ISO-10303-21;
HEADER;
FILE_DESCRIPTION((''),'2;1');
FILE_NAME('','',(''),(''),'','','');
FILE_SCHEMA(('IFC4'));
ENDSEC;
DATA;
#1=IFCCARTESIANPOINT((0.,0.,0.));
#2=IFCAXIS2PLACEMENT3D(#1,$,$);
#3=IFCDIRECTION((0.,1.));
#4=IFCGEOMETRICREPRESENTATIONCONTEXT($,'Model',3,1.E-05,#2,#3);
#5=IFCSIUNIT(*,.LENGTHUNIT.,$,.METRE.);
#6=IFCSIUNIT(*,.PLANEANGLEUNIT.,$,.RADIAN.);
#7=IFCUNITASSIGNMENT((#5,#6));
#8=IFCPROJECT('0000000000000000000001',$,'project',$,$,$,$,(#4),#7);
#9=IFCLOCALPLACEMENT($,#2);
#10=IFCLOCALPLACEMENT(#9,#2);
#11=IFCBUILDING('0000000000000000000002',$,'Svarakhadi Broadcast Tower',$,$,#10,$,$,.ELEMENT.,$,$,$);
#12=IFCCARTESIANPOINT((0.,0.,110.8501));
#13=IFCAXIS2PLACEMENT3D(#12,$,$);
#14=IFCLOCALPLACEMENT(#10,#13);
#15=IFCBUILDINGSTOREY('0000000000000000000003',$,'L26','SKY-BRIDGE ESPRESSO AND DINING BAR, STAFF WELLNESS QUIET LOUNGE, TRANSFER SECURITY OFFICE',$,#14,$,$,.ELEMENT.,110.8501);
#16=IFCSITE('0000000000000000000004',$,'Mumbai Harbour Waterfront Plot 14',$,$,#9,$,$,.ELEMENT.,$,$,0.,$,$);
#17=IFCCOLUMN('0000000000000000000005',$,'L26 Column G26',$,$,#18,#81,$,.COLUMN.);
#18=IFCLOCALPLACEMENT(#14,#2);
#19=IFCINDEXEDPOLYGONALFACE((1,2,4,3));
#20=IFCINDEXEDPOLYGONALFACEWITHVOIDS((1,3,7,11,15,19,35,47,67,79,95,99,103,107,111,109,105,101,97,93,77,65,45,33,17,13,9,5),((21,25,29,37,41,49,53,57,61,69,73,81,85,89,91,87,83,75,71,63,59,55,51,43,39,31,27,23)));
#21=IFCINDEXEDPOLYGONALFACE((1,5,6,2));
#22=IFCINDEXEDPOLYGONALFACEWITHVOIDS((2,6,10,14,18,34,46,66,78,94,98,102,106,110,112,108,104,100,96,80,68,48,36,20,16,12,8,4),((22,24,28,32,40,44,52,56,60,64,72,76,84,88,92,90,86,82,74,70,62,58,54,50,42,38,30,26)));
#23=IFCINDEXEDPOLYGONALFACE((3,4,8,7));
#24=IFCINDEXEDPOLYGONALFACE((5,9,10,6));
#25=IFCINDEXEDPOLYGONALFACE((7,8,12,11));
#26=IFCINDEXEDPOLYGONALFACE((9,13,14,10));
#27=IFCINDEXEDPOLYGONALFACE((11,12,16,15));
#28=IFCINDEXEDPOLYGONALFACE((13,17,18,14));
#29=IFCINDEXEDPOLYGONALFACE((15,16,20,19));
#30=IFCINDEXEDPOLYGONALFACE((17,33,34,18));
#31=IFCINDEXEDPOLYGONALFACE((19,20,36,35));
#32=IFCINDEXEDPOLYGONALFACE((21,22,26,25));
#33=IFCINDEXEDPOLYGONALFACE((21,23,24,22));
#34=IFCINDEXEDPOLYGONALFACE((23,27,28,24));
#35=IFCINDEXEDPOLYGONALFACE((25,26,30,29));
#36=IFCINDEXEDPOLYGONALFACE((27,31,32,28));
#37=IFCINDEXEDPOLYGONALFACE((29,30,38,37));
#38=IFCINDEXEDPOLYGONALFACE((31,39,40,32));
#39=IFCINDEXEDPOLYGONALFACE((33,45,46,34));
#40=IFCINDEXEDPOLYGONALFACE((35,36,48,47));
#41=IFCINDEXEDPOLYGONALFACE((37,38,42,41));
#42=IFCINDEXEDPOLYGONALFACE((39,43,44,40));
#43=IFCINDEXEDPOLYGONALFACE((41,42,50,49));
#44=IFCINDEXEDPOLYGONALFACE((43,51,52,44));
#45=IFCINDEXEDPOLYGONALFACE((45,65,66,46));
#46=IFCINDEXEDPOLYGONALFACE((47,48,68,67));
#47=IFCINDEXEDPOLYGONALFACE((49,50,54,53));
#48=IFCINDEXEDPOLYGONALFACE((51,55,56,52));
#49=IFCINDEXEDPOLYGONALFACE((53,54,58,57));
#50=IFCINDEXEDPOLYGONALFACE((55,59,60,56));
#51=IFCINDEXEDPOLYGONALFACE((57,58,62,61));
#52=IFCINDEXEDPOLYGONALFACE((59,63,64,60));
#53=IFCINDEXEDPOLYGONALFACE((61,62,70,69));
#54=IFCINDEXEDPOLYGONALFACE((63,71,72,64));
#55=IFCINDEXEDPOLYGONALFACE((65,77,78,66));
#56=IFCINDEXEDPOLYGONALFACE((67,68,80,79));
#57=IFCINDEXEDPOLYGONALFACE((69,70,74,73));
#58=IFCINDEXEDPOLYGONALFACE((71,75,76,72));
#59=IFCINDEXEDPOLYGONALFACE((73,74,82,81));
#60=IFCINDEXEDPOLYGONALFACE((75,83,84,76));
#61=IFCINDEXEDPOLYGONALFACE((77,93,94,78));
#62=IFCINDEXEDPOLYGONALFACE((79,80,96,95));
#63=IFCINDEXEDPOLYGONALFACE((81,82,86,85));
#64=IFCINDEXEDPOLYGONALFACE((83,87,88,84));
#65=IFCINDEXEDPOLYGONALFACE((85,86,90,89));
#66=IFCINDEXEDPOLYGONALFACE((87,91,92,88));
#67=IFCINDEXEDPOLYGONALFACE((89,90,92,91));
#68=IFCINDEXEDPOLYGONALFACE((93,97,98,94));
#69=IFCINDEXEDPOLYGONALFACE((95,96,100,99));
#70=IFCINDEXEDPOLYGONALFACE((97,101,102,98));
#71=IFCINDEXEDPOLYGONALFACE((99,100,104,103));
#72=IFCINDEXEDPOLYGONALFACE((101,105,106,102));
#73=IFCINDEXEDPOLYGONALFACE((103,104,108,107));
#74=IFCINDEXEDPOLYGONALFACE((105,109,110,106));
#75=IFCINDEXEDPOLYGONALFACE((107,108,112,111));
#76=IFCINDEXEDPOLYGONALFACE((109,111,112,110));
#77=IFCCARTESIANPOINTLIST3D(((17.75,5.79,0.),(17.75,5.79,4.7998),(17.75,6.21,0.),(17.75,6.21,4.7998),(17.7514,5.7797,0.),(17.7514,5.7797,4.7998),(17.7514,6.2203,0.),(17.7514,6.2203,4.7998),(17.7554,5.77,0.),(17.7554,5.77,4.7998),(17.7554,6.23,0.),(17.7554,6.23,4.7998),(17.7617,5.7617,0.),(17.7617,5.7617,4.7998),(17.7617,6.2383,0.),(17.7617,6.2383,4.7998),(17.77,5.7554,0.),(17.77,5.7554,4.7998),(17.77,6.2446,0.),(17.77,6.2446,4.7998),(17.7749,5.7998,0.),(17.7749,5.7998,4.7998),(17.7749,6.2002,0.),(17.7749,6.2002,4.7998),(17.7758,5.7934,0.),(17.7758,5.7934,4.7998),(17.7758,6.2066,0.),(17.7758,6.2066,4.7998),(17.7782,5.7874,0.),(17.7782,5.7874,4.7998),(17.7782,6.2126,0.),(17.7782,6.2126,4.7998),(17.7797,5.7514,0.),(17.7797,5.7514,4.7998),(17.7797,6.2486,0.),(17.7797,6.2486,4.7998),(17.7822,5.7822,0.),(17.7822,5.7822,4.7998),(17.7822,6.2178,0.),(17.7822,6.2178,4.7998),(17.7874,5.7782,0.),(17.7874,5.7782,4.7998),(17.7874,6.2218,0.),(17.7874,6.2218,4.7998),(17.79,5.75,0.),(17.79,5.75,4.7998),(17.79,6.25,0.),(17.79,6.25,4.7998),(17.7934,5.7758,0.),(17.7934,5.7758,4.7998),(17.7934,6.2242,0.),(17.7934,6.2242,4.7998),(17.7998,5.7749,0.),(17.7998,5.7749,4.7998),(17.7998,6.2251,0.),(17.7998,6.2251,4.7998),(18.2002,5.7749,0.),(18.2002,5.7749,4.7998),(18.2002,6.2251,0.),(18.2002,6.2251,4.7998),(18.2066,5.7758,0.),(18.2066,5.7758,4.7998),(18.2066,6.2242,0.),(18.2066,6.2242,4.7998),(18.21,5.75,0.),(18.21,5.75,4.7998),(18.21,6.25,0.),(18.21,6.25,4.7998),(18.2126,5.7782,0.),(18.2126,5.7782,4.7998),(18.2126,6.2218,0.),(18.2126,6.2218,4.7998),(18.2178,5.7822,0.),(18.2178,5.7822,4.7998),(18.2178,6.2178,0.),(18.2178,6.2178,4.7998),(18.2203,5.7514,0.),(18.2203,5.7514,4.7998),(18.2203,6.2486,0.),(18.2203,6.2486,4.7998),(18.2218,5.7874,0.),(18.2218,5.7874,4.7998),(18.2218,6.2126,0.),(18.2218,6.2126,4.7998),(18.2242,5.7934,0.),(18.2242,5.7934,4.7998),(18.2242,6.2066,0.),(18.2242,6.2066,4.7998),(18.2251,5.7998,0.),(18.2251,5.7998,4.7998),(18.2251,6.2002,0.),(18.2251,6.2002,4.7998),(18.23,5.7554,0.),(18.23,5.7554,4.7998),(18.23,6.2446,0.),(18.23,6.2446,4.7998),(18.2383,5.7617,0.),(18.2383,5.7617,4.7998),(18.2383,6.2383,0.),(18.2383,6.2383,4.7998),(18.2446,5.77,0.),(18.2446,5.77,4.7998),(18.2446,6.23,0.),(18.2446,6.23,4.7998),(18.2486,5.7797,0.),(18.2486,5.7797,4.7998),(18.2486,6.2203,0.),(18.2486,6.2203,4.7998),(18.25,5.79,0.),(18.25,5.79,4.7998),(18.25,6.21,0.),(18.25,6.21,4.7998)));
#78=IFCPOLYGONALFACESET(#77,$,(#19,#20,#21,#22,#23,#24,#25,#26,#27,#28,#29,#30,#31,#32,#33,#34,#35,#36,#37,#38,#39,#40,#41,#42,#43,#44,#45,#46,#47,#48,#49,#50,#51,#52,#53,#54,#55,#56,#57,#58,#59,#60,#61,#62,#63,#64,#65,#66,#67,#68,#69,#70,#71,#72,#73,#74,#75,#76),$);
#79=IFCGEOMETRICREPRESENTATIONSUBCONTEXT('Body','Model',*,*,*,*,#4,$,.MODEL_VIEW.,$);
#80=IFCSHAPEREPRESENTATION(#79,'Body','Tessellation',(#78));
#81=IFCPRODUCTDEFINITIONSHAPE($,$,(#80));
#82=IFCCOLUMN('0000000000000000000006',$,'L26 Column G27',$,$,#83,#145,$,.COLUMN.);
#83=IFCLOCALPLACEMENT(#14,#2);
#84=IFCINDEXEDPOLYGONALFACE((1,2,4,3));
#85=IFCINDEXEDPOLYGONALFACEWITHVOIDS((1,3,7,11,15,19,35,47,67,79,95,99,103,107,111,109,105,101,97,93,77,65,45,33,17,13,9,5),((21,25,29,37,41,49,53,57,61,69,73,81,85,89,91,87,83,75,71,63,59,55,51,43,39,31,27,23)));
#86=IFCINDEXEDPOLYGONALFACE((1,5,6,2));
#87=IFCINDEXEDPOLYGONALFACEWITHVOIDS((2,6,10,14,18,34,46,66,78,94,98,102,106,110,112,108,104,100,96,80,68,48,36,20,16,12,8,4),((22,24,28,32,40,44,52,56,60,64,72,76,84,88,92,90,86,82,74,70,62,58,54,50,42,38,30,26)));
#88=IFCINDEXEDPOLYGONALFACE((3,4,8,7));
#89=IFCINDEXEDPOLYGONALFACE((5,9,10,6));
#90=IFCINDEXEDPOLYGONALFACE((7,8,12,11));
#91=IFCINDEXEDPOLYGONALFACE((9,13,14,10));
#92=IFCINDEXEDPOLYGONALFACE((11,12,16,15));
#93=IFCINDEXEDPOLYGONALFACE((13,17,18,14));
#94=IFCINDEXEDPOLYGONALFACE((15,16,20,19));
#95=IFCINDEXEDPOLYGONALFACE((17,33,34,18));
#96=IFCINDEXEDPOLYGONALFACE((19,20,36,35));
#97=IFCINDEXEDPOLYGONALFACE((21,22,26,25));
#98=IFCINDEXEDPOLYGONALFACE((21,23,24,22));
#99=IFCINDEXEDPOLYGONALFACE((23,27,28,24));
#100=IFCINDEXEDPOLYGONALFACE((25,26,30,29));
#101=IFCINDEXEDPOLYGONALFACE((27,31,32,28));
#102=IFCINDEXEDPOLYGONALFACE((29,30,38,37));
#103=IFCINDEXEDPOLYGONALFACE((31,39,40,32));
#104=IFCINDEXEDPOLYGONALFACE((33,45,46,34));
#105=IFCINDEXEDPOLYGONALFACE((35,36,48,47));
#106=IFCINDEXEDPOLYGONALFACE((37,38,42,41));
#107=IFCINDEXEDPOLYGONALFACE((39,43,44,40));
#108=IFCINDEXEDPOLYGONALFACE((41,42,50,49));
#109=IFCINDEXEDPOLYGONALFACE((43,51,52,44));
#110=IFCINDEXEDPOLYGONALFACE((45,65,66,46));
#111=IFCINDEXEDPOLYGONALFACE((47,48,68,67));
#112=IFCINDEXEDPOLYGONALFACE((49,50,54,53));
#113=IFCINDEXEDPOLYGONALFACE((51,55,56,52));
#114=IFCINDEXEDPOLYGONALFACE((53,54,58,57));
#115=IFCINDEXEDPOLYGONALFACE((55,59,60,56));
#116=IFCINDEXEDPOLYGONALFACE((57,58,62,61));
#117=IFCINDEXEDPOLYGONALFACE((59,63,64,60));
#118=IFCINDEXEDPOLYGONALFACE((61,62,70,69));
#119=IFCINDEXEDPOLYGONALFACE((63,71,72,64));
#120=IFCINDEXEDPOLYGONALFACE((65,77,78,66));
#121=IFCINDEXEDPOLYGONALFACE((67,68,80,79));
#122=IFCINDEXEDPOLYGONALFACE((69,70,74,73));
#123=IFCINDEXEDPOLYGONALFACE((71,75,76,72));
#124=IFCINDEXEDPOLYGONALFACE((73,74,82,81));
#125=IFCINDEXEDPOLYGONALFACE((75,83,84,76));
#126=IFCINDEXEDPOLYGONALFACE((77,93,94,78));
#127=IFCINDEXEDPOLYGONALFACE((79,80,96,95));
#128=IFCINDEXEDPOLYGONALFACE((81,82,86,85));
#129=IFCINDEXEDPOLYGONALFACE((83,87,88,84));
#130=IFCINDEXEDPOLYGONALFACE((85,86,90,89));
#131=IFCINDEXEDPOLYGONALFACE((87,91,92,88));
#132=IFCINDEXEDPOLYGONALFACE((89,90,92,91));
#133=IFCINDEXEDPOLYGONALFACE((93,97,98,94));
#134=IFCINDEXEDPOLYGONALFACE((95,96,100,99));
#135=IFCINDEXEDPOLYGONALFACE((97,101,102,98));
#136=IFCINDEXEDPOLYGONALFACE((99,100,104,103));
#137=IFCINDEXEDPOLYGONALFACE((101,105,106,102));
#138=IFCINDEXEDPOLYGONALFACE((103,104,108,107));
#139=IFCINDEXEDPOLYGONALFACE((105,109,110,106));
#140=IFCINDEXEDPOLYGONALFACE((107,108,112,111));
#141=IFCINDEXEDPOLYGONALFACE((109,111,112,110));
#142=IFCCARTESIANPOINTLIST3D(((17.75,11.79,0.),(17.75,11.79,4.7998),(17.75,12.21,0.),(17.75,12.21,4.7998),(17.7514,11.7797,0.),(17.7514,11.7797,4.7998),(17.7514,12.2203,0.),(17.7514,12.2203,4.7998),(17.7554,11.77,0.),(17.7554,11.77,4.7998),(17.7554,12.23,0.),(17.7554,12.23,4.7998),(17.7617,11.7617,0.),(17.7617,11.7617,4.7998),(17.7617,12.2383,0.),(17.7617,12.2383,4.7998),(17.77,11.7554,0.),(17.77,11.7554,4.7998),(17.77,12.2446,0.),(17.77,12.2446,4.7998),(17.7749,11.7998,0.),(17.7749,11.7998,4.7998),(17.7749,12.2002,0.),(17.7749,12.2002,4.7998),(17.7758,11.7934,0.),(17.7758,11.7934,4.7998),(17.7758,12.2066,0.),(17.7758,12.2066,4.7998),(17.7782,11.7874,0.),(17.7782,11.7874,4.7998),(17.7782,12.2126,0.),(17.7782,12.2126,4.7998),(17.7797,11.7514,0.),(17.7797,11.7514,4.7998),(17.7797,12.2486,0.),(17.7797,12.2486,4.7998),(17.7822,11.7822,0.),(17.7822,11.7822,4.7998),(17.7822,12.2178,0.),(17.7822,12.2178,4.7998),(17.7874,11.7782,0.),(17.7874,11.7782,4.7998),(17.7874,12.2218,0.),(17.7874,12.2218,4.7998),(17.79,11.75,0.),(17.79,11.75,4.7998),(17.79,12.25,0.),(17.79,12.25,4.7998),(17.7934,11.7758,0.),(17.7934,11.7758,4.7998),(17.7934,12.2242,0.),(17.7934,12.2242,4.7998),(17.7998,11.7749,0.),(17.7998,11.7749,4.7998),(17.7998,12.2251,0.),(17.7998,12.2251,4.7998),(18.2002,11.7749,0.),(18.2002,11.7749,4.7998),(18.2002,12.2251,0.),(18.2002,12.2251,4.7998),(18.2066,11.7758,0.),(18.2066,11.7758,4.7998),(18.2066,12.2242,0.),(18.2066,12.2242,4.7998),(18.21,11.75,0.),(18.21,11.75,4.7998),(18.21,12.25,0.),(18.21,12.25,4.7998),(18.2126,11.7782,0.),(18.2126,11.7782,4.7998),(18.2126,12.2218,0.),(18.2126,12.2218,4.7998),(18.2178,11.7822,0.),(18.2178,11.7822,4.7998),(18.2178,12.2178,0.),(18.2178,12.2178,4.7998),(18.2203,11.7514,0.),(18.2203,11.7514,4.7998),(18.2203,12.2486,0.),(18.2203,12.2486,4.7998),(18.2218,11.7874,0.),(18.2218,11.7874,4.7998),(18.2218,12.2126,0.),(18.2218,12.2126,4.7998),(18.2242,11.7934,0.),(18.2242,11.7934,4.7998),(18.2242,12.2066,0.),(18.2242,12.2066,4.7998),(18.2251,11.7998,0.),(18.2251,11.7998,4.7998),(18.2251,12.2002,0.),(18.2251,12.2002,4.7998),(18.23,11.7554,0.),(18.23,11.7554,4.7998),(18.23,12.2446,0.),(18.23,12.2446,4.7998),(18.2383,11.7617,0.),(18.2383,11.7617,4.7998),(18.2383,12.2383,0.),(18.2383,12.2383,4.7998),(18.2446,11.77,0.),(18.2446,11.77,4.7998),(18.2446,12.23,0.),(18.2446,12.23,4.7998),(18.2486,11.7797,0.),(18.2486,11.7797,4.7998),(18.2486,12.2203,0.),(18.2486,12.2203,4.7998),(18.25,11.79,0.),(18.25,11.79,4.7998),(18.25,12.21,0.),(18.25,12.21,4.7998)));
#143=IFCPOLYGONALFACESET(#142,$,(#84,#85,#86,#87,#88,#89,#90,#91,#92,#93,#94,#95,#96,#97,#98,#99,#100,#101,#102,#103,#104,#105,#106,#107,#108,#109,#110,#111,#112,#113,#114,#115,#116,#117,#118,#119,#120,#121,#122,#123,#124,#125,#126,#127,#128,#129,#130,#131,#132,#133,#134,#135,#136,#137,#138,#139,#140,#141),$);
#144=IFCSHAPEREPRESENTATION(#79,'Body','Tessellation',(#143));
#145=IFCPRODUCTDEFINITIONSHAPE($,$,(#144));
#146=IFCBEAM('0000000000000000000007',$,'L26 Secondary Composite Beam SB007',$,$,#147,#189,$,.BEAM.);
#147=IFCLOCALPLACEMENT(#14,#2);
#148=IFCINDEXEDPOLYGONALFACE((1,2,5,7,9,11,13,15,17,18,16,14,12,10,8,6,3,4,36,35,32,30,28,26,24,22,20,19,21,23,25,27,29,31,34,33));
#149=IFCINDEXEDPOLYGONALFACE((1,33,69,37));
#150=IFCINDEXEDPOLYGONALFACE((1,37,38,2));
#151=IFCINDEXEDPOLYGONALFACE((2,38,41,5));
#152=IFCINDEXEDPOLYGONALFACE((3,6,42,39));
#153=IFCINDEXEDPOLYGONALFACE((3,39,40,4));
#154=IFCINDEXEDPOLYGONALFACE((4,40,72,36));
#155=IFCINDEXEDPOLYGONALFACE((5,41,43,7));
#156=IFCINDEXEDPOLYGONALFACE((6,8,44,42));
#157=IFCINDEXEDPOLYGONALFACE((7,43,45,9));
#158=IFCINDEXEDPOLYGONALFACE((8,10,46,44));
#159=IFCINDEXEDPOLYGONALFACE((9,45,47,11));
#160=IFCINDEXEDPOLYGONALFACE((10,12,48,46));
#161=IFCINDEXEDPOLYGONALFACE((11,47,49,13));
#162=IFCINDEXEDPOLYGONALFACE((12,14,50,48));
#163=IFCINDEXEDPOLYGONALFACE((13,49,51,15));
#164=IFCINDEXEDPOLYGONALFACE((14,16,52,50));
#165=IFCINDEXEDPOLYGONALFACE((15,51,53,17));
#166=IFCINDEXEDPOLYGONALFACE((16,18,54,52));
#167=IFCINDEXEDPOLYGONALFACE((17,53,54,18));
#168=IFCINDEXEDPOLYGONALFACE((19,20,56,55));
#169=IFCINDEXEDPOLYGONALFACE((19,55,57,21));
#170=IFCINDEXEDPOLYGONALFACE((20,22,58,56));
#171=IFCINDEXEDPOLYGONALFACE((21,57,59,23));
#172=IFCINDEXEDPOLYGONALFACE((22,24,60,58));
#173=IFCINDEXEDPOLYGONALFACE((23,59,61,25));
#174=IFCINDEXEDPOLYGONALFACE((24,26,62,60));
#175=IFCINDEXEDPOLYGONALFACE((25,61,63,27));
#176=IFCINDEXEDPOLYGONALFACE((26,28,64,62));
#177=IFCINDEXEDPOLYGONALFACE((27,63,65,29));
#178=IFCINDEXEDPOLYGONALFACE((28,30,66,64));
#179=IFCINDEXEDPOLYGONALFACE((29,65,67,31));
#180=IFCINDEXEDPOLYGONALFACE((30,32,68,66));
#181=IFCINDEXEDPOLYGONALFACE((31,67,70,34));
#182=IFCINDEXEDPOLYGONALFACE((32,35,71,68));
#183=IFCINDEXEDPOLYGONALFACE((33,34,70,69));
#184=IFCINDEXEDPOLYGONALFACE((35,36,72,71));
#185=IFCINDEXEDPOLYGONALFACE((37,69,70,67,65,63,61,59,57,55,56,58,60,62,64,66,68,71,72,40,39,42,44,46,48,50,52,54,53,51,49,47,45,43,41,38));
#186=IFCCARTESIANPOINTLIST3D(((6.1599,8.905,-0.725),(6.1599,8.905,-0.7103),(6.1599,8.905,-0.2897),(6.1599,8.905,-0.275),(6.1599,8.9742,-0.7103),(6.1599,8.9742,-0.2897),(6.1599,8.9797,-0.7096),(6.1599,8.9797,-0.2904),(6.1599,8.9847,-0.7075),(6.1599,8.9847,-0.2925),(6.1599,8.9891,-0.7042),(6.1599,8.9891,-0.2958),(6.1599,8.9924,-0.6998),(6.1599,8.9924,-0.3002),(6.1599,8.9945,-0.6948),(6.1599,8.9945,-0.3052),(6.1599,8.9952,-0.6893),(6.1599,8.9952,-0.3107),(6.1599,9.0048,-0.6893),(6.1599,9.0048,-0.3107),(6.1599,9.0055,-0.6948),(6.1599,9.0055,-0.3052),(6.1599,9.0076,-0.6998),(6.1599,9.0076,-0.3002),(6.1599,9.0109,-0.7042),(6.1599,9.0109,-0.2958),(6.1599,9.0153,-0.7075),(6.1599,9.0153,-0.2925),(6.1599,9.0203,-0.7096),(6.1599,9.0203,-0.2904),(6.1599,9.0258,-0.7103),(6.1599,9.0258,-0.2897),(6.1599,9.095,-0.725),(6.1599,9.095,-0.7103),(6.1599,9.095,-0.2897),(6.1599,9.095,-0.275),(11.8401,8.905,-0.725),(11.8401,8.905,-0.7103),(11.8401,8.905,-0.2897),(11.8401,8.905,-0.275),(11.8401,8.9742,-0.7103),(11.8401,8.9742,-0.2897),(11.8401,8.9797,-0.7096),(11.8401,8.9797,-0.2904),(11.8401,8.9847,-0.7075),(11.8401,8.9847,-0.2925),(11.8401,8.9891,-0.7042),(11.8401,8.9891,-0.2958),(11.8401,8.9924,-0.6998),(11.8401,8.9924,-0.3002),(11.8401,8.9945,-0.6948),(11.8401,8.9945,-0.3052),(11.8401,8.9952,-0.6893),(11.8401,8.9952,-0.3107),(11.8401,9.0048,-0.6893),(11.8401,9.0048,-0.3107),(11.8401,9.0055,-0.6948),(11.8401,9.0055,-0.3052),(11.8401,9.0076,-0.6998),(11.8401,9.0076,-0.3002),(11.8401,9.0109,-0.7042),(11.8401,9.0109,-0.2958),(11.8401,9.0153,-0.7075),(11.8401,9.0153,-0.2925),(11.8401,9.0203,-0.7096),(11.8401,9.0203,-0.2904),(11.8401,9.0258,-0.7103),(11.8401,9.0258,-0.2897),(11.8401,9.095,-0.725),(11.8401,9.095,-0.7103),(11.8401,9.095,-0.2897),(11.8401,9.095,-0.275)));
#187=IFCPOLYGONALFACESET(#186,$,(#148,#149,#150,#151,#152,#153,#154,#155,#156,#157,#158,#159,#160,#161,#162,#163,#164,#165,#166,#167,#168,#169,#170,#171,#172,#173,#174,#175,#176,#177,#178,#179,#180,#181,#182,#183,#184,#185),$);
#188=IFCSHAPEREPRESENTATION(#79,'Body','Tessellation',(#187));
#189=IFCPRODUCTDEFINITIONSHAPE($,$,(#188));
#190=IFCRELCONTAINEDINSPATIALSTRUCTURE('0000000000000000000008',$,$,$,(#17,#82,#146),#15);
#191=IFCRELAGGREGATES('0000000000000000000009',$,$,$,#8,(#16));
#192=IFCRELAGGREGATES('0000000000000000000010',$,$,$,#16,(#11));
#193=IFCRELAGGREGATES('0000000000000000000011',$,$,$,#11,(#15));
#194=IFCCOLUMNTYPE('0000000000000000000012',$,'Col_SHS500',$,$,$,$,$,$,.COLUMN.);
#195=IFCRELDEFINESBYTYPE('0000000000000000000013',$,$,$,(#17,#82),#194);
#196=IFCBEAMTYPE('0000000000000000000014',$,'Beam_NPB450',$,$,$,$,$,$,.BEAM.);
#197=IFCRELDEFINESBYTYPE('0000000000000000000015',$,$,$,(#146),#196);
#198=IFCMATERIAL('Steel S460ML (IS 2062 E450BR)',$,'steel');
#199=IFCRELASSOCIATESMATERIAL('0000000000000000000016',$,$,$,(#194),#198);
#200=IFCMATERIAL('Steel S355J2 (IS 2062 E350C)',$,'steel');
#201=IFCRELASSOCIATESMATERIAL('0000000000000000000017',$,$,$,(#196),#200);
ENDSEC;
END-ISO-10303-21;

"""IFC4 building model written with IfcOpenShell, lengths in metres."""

from ifc_helpers import new_model, si_unit, direction, frame, origin, origin_2d, place, context, subcontext, project, spatial, hollow_rectangle, i_section, extrude, material, material_profile, profile_set, type_object, element, save


model = new_model("IFC4")

# Units and contexts
model_context = context("Model", 3, precision=1e-05, world=origin(), true_north=direction((0.0, 1.0)))
body_context = subcontext(model_context, "Body", "Model", "MODEL_VIEW")
ifc_project = project(units=[si_unit("LENGTHUNIT", "METRE"), si_unit("PLANEANGLEUNIT", "RADIAN")], contexts=[model_context])

# Site, building, storey
site_placement = place(None, origin())
site = spatial("IfcSite", under=ifc_project, at=site_placement, Name="Mumbai Harbour Waterfront Plot 14", CompositionType="ELEMENT", RefElevation=0.0)
building_placement = place(site_placement, origin())
building = spatial("IfcBuilding", under=site, at=building_placement, Name="Svarakhadi Broadcast Tower", CompositionType="ELEMENT")
storey_placement = place(building_placement, frame((0.0, 0.0, 110.8501)))
storey = spatial("IfcBuildingStorey", under=building, at=storey_placement, Name="L26", Description="SKY-BRIDGE ESPRESSO AND DINING BAR, STAFF WELLNESS QUIET LOUNGE, TRANSFER SECURITY OFFICE", CompositionType="ELEMENT", Elevation=110.8501)

# Columns
ifc_material_1 = material(Name="Steel S460ML (IS 2062 E450BR)", Category="steel")
ifc_material_profile_1 = material_profile(ifc_material_1, hollow_rectangle(XDim=0.5, YDim=0.5, WallThickness=0.0249, InnerFilletRadius=0.0249, OuterFilletRadius=0.04, at=origin_2d()), Name="SHS 500x500x25")
ifc_profile_set_1 = profile_set([ifc_material_profile_1], Name="Steel S460ML (IS 2062 E450BR)")
column_type_1 = type_object("IfcColumnType", Name="Col_SHS500", PredefinedType="COLUMN", material=ifc_profile_set_1)
for number, where, z_axis, x_axis, name in (
    (1, (18.0, 6.0, 0.0), (0.0, 0.0, 1.0), (1.0, 0.0, 0.0), "L26 Column G26"),
    (2, (18.0, 12.0, 0.0), (0.0, 0.0, 1.0), (1.0, 0.0, 0.0), "L26 Column G27"),
):
    element("IfcColumn", number, at=place(storey_placement, frame(where, z_axis=z_axis, x_axis=x_axis)), inside=storey, type_object=column_type_1, Name=name, PredefinedType="COLUMN", context=body_context, shape_type="SweptSolid", body=[
        extrude(hollow_rectangle(XDim=0.5, YDim=0.5, WallThickness=0.0249, InnerFilletRadius=0.0249, OuterFilletRadius=0.04, at=origin_2d()), origin(), (0.0, 0.0, 1.0), 4.7998),
    ])

# Beam
ifc_material_2 = material(Name="Steel S355J2 (IS 2062 E350C)", Category="steel")
ifc_material_profile_2 = material_profile(ifc_material_2, i_section(OverallWidth=0.1899, OverallDepth=0.45, WebThickness=0.0095, FlangeThickness=0.0146, FilletRadius=0.021, at=origin_2d()), Name="NPB 450x190x78")
ifc_profile_set_2 = profile_set([ifc_material_profile_2], Name="Steel S355J2 (IS 2062 E350C)")
beam_type_1 = type_object("IfcBeamType", Name="Beam_NPB450", PredefinedType="BEAM", material=ifc_profile_set_2)
for number, where, z_axis, x_axis, name in (
    (3, (6.1599, 9.0, -0.5), (1.0, 0.0, 0.0), (0.0, 1.0, 0.0), "L26 Secondary Composite Beam SB007"),
):
    element("IfcBeam", number, at=place(storey_placement, frame(where, z_axis=z_axis, x_axis=x_axis)), inside=storey, type_object=beam_type_1, Name=name, PredefinedType="BEAM", context=body_context, shape_type="SweptSolid", body=[
        extrude(i_section(OverallWidth=0.1899, OverallDepth=0.45, WebThickness=0.0095, FlangeThickness=0.0146, FilletRadius=0.021, at=origin_2d()), origin(), (0.0, 0.0, 1.0), 5.6802),
    ])

save(model, "model.ifc")
